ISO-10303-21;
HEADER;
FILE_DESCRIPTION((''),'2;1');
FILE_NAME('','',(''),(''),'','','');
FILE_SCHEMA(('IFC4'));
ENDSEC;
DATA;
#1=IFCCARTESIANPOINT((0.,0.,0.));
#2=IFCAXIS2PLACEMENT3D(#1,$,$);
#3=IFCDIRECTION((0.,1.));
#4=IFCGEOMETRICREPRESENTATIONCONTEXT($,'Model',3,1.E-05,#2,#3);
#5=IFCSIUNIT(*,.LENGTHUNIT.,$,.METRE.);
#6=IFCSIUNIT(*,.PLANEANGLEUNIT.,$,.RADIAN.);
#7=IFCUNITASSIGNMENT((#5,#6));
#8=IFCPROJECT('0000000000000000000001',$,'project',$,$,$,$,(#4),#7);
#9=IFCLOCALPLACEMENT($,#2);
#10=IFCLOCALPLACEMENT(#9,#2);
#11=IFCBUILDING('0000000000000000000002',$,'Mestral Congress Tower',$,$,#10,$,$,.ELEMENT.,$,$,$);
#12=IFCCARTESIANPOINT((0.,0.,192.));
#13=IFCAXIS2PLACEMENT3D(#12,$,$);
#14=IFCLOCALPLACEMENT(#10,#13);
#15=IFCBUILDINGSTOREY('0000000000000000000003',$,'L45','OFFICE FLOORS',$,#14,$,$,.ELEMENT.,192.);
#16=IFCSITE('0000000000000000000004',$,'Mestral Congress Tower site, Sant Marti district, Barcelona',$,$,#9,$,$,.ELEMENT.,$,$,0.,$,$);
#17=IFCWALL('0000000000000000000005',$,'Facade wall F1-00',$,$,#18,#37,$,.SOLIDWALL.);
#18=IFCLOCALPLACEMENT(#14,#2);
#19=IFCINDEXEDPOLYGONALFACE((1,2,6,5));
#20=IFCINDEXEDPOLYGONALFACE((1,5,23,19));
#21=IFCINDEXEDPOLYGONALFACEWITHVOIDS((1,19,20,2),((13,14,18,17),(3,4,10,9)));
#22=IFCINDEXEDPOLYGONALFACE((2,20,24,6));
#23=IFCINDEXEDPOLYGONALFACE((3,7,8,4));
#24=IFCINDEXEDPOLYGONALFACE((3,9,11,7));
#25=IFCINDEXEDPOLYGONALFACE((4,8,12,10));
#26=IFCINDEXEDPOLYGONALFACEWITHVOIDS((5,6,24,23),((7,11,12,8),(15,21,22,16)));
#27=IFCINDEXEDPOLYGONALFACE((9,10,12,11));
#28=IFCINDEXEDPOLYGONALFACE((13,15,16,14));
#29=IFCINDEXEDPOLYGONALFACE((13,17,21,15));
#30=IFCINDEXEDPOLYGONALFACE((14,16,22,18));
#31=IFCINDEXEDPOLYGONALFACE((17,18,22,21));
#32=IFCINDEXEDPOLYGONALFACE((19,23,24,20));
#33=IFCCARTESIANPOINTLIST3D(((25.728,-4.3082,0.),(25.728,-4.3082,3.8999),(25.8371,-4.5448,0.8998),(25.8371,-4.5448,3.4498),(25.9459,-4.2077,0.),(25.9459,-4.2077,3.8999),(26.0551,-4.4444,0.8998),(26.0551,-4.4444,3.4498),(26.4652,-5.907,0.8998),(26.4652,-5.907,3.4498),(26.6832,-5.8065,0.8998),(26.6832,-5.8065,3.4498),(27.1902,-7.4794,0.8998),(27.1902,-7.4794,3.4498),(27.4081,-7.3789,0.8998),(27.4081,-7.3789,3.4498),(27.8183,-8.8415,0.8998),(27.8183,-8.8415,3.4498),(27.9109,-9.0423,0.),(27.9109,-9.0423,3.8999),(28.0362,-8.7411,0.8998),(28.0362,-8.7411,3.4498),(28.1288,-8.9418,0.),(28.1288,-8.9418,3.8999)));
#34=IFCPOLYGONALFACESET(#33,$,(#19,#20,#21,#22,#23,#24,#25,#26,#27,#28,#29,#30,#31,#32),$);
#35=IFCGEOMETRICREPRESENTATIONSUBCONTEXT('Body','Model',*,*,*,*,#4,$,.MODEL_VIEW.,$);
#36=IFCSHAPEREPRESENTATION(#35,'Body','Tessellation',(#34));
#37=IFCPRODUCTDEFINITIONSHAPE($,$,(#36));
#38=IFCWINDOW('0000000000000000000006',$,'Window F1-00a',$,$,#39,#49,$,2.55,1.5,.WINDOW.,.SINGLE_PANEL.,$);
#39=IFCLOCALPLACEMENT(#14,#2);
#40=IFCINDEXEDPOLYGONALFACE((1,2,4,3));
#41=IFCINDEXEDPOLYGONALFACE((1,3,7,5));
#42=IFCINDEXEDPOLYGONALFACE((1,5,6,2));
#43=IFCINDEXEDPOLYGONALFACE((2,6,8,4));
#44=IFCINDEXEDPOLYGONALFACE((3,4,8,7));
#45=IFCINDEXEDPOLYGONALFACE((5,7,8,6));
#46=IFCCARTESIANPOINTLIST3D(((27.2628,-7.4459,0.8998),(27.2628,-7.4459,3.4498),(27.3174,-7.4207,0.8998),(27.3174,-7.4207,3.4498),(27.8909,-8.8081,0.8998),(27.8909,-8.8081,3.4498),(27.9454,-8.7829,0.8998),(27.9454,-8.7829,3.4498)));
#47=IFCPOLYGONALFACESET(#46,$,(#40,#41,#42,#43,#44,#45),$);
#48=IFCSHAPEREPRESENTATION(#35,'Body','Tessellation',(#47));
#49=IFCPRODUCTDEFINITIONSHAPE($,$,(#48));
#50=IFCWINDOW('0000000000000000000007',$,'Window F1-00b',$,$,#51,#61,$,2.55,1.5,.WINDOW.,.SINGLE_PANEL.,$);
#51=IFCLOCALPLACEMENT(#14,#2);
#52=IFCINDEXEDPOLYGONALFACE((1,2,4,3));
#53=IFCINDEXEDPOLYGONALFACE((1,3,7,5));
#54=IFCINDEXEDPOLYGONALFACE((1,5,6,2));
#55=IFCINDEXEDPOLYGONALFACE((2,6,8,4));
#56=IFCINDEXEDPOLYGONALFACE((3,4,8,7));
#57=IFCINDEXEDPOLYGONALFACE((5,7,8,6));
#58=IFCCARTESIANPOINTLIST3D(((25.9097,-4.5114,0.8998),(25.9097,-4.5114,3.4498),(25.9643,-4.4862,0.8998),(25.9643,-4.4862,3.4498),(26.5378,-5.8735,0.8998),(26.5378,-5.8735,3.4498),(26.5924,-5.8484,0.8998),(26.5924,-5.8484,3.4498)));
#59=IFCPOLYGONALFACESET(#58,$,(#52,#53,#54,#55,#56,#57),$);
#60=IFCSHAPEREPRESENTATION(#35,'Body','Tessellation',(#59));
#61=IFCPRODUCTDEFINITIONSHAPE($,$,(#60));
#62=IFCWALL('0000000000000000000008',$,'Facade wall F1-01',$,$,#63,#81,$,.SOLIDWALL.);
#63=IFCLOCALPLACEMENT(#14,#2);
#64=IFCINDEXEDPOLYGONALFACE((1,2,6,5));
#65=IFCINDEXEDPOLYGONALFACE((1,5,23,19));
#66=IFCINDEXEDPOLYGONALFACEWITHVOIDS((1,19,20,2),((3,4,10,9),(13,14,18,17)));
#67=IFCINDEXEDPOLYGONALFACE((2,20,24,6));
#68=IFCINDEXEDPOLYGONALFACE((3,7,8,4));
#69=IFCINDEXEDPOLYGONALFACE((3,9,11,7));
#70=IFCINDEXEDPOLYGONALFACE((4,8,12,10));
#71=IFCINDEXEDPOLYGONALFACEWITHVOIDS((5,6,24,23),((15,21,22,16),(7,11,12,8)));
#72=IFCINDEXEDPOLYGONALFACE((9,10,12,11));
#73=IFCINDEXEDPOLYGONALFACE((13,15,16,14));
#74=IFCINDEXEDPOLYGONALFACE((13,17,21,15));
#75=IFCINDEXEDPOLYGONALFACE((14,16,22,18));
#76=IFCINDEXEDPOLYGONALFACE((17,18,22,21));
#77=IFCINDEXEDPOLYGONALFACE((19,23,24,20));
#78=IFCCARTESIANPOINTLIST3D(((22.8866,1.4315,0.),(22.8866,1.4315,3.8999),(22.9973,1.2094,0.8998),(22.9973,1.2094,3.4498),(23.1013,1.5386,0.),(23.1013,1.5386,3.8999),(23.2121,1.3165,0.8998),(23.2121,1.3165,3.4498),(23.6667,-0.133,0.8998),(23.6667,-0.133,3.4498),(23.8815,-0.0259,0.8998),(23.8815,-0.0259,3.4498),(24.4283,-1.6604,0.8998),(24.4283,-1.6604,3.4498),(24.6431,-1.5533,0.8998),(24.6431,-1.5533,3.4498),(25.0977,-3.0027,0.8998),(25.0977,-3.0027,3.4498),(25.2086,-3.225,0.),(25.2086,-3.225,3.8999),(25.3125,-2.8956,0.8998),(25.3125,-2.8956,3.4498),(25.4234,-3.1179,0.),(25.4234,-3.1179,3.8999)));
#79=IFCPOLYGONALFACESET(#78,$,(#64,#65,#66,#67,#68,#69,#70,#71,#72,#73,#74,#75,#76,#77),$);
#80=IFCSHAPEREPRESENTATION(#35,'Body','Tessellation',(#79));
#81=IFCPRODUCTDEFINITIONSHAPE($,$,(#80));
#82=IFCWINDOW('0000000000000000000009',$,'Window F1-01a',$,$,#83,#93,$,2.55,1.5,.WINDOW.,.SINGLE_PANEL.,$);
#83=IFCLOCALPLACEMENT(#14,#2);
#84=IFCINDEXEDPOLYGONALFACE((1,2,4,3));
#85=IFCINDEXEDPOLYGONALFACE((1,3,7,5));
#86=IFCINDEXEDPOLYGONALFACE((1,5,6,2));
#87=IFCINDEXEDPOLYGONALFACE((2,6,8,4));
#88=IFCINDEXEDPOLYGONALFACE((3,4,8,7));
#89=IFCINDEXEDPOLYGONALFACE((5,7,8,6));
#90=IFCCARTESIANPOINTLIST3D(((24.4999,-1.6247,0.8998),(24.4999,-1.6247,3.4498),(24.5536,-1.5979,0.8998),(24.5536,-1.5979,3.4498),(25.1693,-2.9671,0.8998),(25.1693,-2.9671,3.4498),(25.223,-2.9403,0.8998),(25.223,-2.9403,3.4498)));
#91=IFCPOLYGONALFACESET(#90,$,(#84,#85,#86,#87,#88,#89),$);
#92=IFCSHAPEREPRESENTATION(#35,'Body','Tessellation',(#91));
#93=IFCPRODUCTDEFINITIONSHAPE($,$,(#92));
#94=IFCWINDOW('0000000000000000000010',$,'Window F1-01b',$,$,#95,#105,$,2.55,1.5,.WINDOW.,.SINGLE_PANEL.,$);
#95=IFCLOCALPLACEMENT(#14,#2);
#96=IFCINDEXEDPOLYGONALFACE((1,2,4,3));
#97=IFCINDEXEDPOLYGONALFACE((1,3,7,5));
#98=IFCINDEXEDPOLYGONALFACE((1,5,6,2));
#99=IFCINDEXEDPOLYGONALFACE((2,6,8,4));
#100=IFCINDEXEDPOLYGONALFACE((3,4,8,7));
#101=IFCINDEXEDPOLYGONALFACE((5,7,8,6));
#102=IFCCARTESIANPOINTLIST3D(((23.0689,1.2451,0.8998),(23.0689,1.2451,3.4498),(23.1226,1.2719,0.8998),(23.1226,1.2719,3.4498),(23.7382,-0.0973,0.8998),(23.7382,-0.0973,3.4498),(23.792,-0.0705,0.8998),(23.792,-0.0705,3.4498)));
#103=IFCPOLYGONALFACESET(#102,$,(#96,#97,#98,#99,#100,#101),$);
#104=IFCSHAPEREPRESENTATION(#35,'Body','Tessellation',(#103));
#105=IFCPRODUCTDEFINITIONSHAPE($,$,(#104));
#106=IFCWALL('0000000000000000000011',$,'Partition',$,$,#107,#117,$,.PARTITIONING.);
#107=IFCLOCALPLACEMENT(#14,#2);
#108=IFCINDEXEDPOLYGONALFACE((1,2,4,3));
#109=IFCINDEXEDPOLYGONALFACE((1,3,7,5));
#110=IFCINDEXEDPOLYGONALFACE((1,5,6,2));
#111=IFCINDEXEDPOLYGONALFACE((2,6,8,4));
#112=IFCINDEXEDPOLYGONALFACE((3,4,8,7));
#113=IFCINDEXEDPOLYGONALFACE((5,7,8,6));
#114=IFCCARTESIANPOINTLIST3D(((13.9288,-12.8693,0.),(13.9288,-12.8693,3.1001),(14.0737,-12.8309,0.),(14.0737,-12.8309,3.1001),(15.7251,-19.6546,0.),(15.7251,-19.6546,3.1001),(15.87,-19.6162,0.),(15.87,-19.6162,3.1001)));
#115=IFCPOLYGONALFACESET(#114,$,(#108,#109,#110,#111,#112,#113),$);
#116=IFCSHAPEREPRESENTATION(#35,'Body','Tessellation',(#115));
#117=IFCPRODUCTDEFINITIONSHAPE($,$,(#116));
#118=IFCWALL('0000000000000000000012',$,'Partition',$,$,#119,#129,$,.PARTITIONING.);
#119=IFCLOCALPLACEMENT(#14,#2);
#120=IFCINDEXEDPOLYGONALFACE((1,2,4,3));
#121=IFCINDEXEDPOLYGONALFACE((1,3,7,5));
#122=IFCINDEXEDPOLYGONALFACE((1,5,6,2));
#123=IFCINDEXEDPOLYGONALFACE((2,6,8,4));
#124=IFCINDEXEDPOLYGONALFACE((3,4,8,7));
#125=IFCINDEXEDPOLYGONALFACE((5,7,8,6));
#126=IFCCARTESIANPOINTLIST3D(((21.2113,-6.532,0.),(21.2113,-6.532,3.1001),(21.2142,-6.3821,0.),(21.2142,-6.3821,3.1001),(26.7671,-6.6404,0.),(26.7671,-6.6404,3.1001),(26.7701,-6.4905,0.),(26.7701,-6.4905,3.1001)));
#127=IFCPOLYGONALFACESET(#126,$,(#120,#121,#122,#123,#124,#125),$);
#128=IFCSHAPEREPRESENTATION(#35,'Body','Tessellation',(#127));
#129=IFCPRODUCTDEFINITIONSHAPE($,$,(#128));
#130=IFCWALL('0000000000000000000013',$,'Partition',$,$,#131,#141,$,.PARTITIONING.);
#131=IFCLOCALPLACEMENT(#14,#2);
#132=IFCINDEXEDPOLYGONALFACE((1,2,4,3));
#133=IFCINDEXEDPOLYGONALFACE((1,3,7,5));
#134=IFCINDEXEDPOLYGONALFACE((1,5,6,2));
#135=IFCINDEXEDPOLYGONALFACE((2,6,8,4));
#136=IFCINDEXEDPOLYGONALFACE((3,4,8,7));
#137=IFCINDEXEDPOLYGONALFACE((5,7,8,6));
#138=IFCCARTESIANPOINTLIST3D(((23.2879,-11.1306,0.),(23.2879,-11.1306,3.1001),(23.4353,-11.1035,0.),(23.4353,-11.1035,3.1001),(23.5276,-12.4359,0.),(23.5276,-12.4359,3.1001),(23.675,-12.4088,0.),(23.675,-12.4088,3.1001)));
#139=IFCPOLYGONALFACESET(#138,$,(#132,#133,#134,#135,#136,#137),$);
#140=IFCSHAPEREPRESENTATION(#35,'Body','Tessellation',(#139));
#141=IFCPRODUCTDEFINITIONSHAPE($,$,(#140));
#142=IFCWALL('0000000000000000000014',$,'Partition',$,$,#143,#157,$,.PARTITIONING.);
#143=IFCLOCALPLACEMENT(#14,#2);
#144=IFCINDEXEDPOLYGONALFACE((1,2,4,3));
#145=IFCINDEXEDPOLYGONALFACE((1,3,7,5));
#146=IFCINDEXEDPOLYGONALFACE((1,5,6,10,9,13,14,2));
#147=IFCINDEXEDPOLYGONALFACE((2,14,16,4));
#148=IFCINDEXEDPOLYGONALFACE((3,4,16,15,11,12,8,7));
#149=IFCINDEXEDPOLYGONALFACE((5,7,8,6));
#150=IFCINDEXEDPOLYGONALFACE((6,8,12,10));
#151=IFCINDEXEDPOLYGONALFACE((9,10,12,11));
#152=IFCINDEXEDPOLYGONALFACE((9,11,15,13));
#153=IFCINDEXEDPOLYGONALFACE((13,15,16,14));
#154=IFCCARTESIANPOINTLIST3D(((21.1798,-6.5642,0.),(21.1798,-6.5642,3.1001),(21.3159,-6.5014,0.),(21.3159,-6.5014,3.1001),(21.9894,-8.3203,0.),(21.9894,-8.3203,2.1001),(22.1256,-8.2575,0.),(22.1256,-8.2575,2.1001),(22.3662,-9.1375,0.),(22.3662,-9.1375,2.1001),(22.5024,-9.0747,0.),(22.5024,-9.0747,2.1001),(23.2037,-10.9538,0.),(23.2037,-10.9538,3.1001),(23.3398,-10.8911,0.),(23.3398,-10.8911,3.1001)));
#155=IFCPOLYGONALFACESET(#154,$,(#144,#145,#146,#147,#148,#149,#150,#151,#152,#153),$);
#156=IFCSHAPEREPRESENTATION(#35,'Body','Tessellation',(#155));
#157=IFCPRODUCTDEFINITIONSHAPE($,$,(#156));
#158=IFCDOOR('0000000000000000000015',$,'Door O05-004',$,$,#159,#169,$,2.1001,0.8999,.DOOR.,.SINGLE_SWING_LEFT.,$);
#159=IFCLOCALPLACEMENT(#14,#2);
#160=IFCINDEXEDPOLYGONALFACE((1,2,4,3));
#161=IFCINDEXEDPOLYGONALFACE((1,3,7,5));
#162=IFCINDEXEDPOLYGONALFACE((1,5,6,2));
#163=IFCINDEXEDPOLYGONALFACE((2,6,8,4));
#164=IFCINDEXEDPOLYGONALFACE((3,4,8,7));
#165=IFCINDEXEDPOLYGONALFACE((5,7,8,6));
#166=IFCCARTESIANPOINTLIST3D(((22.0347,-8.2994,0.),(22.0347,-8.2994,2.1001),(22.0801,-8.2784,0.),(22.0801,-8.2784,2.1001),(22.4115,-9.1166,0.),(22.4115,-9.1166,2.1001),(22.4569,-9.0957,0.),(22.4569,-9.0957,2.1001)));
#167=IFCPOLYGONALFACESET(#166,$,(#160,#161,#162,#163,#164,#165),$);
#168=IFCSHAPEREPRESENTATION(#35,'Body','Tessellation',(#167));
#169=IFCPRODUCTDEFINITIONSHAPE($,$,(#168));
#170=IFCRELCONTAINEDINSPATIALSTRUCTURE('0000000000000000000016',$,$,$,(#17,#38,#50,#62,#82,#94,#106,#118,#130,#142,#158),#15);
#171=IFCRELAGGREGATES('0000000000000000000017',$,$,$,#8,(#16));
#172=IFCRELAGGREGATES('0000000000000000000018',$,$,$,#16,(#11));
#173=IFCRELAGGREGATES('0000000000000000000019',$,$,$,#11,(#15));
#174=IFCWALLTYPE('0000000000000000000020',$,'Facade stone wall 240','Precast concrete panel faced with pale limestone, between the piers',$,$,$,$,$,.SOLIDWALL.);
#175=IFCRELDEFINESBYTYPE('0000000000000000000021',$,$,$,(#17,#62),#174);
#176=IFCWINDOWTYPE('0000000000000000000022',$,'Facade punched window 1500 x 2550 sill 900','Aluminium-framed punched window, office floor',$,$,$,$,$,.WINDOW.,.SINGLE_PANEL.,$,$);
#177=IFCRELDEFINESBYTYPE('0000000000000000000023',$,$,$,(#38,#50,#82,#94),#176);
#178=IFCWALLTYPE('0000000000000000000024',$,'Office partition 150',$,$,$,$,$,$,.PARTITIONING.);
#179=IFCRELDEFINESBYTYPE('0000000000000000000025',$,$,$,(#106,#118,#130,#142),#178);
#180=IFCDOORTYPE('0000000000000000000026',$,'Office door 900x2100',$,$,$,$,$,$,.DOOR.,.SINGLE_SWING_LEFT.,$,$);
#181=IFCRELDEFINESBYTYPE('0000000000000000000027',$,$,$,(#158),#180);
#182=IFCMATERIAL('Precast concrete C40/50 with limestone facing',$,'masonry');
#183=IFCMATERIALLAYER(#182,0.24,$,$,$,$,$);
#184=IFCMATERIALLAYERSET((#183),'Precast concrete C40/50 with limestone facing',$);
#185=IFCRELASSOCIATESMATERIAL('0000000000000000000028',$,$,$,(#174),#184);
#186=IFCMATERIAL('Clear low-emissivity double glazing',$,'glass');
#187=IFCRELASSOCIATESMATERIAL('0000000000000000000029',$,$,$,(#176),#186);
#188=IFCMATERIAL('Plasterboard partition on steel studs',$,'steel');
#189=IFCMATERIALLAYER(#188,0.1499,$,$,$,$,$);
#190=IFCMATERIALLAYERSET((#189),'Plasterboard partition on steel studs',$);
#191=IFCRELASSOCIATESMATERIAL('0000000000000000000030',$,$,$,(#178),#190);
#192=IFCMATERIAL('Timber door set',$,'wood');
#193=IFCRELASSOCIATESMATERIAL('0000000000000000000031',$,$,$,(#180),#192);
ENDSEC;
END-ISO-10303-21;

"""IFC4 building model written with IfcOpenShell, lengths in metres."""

from ifc_helpers import new_model, si_unit, direction, frame, frame_2d, origin, place, context, subcontext, project, spatial, rectangle, extrude, material, layer, layer_set, type_object, element, fill, save


model = new_model("IFC4")

# Units and contexts
model_context = context("Model", 3, precision=1e-05, world=origin(), true_north=direction((0.0, 1.0)))
body_context = subcontext(model_context, "Body", "Model", "MODEL_VIEW")
ifc_project = project(units=[si_unit("LENGTHUNIT", "METRE"), si_unit("PLANEANGLEUNIT", "RADIAN")], contexts=[model_context])

# Site, building, storey
site_placement = place(None, origin())
site = spatial("IfcSite", under=ifc_project, at=site_placement, Name="Mestral Congress Tower site, Sant Marti district, Barcelona", CompositionType="ELEMENT", RefElevation=0.0)
building_placement = place(site_placement, origin())
building = spatial("IfcBuilding", under=site, at=building_placement, Name="Mestral Congress Tower", CompositionType="ELEMENT")
storey_placement = place(building_placement, frame((0.0, 0.0, 192.0)))
storey = spatial("IfcBuildingStorey", under=building, at=storey_placement, Name="L45", Description="OFFICE FLOORS", CompositionType="ELEMENT", Elevation=192.0)

# Shared definitions
ifc_material_1 = material(Name="Precast concrete C40/50 with limestone facing", Category="masonry")
ifc_layer_1 = layer(ifc_material_1, 0.24)
ifc_layer_set_1 = layer_set([ifc_layer_1], Name="Precast concrete C40/50 with limestone facing")
wall_type_1 = type_object("IfcWallType", Name="Facade stone wall 240", Description="Precast concrete panel faced with pale limestone, between the piers", PredefinedType="SOLIDWALL", material=ifc_layer_set_1)
ifc_material_2 = material(Name="Clear low-emissivity double glazing", Category="glass")

# Walls, openings, windows
wall_1_placement = place(storey_placement, frame((28.0198, -8.9919, 0.0), z_axis=(0.0, 0.0, 1.0), x_axis=(-0.418723, 0.908114, 0.0)))
wall_1 = element("IfcWall", 1, at=wall_1_placement, inside=storey, type_object=wall_type_1, Name="Facade wall F1-00", PredefinedType="SOLIDWALL", context=body_context, shape_type="SweptSolid", body=[
    extrude(rectangle(XDim=5.2131, YDim=0.24, at=frame_2d((2.6064, 0.0))), origin(), (0.0, 0.0, 1.0), 3.8999),
])
opening_1_placement = place(wall_1_placement, frame((0.2209, 0.0, 0.8999)))
opening_1 = element("IfcOpeningElement", 2, at=opening_1_placement, cuts=wall_1, PredefinedType="OPENING", context=body_context, shape_type="SweptSolid", body=[
    extrude(rectangle(XDim=1.5, YDim=2.55, at=frame_2d((0.75, 1.2749))), frame((0.0, 0.1299, 0.0), z_axis=(0.0, -1.0, 0.0), x_axis=(1.0, 0.0, 0.0)), (0.0, 0.0, 1.0), 0.26),
])
opening_2_placement = place(wall_1_placement, frame((3.4524, 0.0, 0.8999)))
opening_2 = element("IfcOpeningElement", 3, at=opening_2_placement, cuts=wall_1, PredefinedType="OPENING", context=body_context, shape_type="SweptSolid", body=[
    extrude(rectangle(XDim=1.5, YDim=2.55, at=frame_2d((0.75, 1.2749))), frame((0.0, 0.1299, 0.0), z_axis=(0.0, -1.0, 0.0), x_axis=(1.0, 0.0, 0.0)), (0.0, 0.0, 1.0), 0.26),
])
window_type_1 = type_object("IfcWindowType", Name="Facade punched window 1500 x 2550 sill 900", Description="Aluminium-framed punched window, office floor", PartitioningType="SINGLE_PANEL", PredefinedType="WINDOW", material=ifc_material_2)
window_1_placement = place(opening_1_placement, origin())
window_1 = element("IfcWindow", 4, at=window_1_placement, inside=storey, type_object=window_type_1, Name="Window F1-00a", OverallHeight=2.55, OverallWidth=1.5, PartitioningType="SINGLE_PANEL", PredefinedType="WINDOW", context=body_context, shape_type="SweptSolid", body=[
    extrude(rectangle(XDim=1.5, YDim=2.55, at=frame_2d((0.75, 1.2749))), frame((0.0, 0.04, 0.0), z_axis=(0.0, -1.0, 0.0), x_axis=(1.0, 0.0, 0.0)), (0.0, 0.0, 1.0), 0.0601),
])
fill(opening_1, window_1)
window_2_placement = place(opening_2_placement, origin())
window_2 = element("IfcWindow", 5, at=window_2_placement, inside=storey, type_object=window_type_1, Name="Window F1-00b", OverallHeight=2.55, OverallWidth=1.5, PartitioningType="SINGLE_PANEL", PredefinedType="WINDOW", context=body_context, shape_type="SweptSolid", body=[
    extrude(rectangle(XDim=1.5, YDim=2.55, at=frame_2d((0.75, 1.2749))), frame((0.0, 0.04, 0.0), z_axis=(0.0, -1.0, 0.0), x_axis=(1.0, 0.0, 0.0)), (0.0, 0.0, 1.0), 0.0601),
])
fill(opening_2, window_2)
wall_2_placement = place(storey_placement, frame((25.3159, -3.1714, 0.0), z_axis=(0.0, 0.0, 1.0), x_axis=(-0.446256, 0.894905, 0.0)))
wall_2 = element("IfcWall", 6, at=wall_2_placement, inside=storey, type_object=wall_type_1, Name="Facade wall F1-01", PredefinedType="SOLIDWALL", context=body_context, shape_type="SweptSolid", body=[
    extrude(rectangle(XDim=5.2034, YDim=0.24, at=frame_2d((2.6016, 0.0))), origin(), (0.0, 0.0, 1.0), 3.8999),
])
opening_3_placement = place(wall_2_placement, frame((0.2483, 0.0, 0.8999)))
opening_3 = element("IfcOpeningElement", 7, at=opening_3_placement, cuts=wall_2, PredefinedType="OPENING", context=body_context, shape_type="SweptSolid", body=[
    extrude(rectangle(XDim=1.5, YDim=2.55, at=frame_2d((0.75, 1.2749))), frame((0.0, 0.1299, 0.0), z_axis=(0.0, -1.0, 0.0), x_axis=(1.0, 0.0, 0.0)), (0.0, 0.0, 1.0), 0.26),
])
opening_4_placement = place(wall_2_placement, frame((3.4551, 0.0, 0.8999)))
opening_4 = element("IfcOpeningElement", 8, at=opening_4_placement, cuts=wall_2, PredefinedType="OPENING", context=body_context, shape_type="SweptSolid", body=[
    extrude(rectangle(XDim=1.5, YDim=2.55, at=frame_2d((0.75, 1.2749))), frame((0.0, 0.1299, 0.0), z_axis=(0.0, -1.0, 0.0), x_axis=(1.0, 0.0, 0.0)), (0.0, 0.0, 1.0), 0.26),
])
window_3_placement = place(opening_3_placement, origin())
window_3 = element("IfcWindow", 9, at=window_3_placement, inside=storey, type_object=window_type_1, Name="Window F1-01a", OverallHeight=2.55, OverallWidth=1.5, PartitioningType="SINGLE_PANEL", PredefinedType="WINDOW", context=body_context, shape_type="SweptSolid", body=[
    extrude(rectangle(XDim=1.5, YDim=2.55, at=frame_2d((0.75, 1.2749))), frame((0.0, 0.04, 0.0), z_axis=(0.0, -1.0, 0.0), x_axis=(1.0, 0.0, 0.0)), (0.0, 0.0, 1.0), 0.0601),
])
fill(opening_3, window_3)
window_4_placement = place(opening_4_placement, origin())
window_4 = element("IfcWindow", 10, at=window_4_placement, inside=storey, type_object=window_type_1, Name="Window F1-01b", OverallHeight=2.55, OverallWidth=1.5, PartitioningType="SINGLE_PANEL", PredefinedType="WINDOW", context=body_context, shape_type="SweptSolid", body=[
    extrude(rectangle(XDim=1.5, YDim=2.55, at=frame_2d((0.75, 1.2749))), frame((0.0, 0.04, 0.0), z_axis=(0.0, -1.0, 0.0), x_axis=(1.0, 0.0, 0.0)), (0.0, 0.0, 1.0), 0.0601),
])
fill(opening_4, window_4)

# Walls
ifc_material_3 = material(Name="Plasterboard partition on steel studs", Category="steel")
ifc_layer_2 = layer(ifc_material_3, 0.1499)
ifc_layer_set_2 = layer_set([ifc_layer_2], Name="Plasterboard partition on steel studs")
wall_type_2 = type_object("IfcWallType", Name="Office partition 150", PredefinedType="PARTITIONING", material=ifc_layer_set_2)
wall_3_placement = place(storey_placement, frame((14.0012, -12.8501, 0.0), z_axis=(0.0, 0.0, 1.0), x_axis=(0.255926, -0.966696, 0.0)))
element("IfcWall", 11, at=wall_3_placement, inside=storey, type_object=wall_type_2, Name="Partition", PredefinedType="PARTITIONING", context=body_context, shape_type="SweptSolid", body=[
    extrude(rectangle(XDim=7.019, YDim=0.1499, at=frame_2d((3.5095, 0.0))), origin(), (0.0, 0.0, 1.0), 3.1001),
])
wall_4_placement = place(storey_placement, frame((21.2129, -6.457, 0.0), z_axis=(0.0, 0.0, 1.0), x_axis=(0.99981, -0.019507, 0.0)))
element("IfcWall", 12, at=wall_4_placement, inside=storey, type_object=wall_type_2, Name="Partition", PredefinedType="PARTITIONING", context=body_context, shape_type="SweptSolid", body=[
    extrude(rectangle(XDim=5.5569, YDim=0.1499, at=frame_2d((2.7783, 0.0))), origin(), (0.0, 0.0, 1.0), 3.1001),
])
wall_5_placement = place(storey_placement, frame((23.6013, -12.4224, 0.0), z_axis=(0.0, 0.0, 1.0), x_axis=(-0.180633, 0.983551, 0.0)))
element("IfcWall", 13, at=wall_5_placement, inside=storey, type_object=wall_type_2, Name="Partition", PredefinedType="PARTITIONING", context=body_context, shape_type="SweptSolid", body=[
    extrude(rectangle(XDim=1.3271, YDim=0.1499, at=frame_2d((0.6636, 0.0))), origin(), (0.0, 0.0, 1.0), 3.1001),
])

# Wall, opening, door
wall_6_placement = place(storey_placement, frame((21.2478, -6.5327, 0.0), z_axis=(0.0, 0.0, 1.0), x_axis=(0.418706, -0.908122, 0.0)))
wall_6 = element("IfcWall", 14, at=wall_6_placement, inside=storey, type_object=wall_type_2, Name="Partition", PredefinedType="PARTITIONING", context=body_context, shape_type="SweptSolid", body=[
    extrude(rectangle(XDim=4.8337, YDim=0.1499, at=frame_2d((2.417, 0.0))), origin(), (0.0, 0.0, 1.0), 3.1001),
])
opening_5_placement = place(wall_6_placement, frame((1.9338, 0.0, 0.0)))
opening_5 = element("IfcOpeningElement", 15, at=opening_5_placement, cuts=wall_6, PredefinedType="OPENING", context=body_context, shape_type="SweptSolid", body=[
    extrude(rectangle(XDim=0.8999, YDim=2.1001, at=frame_2d((0.45, 1.05))), frame((0.0, 0.085, 0.0), z_axis=(0.0, -1.0, 0.0), x_axis=(1.0, 0.0, 0.0)), (0.0, 0.0, 1.0), 0.1699),
])
ifc_material_4 = material(Name="Timber door set", Category="wood")
door_type = type_object("IfcDoorType", Name="Office door 900x2100", OperationType="SINGLE_SWING_LEFT", PredefinedType="DOOR", material=ifc_material_4)
door_placement = place(opening_5_placement, origin())
door = element("IfcDoor", 16, at=door_placement, inside=storey, type_object=door_type, Name="Door O05-004", OperationType="SINGLE_SWING_LEFT", OverallHeight=2.1001, OverallWidth=0.8999, PredefinedType="DOOR", context=body_context, shape_type="SweptSolid", body=[
    extrude(rectangle(XDim=0.8999, YDim=2.1001, at=frame_2d((0.45, 1.05))), frame((0.0, 0.0249, 0.0), z_axis=(0.0, -1.0, 0.0), x_axis=(1.0, 0.0, 0.0)), (0.0, 0.0, 1.0), 0.05),
])
fill(opening_5, door)

save(model, "model.ifc")
